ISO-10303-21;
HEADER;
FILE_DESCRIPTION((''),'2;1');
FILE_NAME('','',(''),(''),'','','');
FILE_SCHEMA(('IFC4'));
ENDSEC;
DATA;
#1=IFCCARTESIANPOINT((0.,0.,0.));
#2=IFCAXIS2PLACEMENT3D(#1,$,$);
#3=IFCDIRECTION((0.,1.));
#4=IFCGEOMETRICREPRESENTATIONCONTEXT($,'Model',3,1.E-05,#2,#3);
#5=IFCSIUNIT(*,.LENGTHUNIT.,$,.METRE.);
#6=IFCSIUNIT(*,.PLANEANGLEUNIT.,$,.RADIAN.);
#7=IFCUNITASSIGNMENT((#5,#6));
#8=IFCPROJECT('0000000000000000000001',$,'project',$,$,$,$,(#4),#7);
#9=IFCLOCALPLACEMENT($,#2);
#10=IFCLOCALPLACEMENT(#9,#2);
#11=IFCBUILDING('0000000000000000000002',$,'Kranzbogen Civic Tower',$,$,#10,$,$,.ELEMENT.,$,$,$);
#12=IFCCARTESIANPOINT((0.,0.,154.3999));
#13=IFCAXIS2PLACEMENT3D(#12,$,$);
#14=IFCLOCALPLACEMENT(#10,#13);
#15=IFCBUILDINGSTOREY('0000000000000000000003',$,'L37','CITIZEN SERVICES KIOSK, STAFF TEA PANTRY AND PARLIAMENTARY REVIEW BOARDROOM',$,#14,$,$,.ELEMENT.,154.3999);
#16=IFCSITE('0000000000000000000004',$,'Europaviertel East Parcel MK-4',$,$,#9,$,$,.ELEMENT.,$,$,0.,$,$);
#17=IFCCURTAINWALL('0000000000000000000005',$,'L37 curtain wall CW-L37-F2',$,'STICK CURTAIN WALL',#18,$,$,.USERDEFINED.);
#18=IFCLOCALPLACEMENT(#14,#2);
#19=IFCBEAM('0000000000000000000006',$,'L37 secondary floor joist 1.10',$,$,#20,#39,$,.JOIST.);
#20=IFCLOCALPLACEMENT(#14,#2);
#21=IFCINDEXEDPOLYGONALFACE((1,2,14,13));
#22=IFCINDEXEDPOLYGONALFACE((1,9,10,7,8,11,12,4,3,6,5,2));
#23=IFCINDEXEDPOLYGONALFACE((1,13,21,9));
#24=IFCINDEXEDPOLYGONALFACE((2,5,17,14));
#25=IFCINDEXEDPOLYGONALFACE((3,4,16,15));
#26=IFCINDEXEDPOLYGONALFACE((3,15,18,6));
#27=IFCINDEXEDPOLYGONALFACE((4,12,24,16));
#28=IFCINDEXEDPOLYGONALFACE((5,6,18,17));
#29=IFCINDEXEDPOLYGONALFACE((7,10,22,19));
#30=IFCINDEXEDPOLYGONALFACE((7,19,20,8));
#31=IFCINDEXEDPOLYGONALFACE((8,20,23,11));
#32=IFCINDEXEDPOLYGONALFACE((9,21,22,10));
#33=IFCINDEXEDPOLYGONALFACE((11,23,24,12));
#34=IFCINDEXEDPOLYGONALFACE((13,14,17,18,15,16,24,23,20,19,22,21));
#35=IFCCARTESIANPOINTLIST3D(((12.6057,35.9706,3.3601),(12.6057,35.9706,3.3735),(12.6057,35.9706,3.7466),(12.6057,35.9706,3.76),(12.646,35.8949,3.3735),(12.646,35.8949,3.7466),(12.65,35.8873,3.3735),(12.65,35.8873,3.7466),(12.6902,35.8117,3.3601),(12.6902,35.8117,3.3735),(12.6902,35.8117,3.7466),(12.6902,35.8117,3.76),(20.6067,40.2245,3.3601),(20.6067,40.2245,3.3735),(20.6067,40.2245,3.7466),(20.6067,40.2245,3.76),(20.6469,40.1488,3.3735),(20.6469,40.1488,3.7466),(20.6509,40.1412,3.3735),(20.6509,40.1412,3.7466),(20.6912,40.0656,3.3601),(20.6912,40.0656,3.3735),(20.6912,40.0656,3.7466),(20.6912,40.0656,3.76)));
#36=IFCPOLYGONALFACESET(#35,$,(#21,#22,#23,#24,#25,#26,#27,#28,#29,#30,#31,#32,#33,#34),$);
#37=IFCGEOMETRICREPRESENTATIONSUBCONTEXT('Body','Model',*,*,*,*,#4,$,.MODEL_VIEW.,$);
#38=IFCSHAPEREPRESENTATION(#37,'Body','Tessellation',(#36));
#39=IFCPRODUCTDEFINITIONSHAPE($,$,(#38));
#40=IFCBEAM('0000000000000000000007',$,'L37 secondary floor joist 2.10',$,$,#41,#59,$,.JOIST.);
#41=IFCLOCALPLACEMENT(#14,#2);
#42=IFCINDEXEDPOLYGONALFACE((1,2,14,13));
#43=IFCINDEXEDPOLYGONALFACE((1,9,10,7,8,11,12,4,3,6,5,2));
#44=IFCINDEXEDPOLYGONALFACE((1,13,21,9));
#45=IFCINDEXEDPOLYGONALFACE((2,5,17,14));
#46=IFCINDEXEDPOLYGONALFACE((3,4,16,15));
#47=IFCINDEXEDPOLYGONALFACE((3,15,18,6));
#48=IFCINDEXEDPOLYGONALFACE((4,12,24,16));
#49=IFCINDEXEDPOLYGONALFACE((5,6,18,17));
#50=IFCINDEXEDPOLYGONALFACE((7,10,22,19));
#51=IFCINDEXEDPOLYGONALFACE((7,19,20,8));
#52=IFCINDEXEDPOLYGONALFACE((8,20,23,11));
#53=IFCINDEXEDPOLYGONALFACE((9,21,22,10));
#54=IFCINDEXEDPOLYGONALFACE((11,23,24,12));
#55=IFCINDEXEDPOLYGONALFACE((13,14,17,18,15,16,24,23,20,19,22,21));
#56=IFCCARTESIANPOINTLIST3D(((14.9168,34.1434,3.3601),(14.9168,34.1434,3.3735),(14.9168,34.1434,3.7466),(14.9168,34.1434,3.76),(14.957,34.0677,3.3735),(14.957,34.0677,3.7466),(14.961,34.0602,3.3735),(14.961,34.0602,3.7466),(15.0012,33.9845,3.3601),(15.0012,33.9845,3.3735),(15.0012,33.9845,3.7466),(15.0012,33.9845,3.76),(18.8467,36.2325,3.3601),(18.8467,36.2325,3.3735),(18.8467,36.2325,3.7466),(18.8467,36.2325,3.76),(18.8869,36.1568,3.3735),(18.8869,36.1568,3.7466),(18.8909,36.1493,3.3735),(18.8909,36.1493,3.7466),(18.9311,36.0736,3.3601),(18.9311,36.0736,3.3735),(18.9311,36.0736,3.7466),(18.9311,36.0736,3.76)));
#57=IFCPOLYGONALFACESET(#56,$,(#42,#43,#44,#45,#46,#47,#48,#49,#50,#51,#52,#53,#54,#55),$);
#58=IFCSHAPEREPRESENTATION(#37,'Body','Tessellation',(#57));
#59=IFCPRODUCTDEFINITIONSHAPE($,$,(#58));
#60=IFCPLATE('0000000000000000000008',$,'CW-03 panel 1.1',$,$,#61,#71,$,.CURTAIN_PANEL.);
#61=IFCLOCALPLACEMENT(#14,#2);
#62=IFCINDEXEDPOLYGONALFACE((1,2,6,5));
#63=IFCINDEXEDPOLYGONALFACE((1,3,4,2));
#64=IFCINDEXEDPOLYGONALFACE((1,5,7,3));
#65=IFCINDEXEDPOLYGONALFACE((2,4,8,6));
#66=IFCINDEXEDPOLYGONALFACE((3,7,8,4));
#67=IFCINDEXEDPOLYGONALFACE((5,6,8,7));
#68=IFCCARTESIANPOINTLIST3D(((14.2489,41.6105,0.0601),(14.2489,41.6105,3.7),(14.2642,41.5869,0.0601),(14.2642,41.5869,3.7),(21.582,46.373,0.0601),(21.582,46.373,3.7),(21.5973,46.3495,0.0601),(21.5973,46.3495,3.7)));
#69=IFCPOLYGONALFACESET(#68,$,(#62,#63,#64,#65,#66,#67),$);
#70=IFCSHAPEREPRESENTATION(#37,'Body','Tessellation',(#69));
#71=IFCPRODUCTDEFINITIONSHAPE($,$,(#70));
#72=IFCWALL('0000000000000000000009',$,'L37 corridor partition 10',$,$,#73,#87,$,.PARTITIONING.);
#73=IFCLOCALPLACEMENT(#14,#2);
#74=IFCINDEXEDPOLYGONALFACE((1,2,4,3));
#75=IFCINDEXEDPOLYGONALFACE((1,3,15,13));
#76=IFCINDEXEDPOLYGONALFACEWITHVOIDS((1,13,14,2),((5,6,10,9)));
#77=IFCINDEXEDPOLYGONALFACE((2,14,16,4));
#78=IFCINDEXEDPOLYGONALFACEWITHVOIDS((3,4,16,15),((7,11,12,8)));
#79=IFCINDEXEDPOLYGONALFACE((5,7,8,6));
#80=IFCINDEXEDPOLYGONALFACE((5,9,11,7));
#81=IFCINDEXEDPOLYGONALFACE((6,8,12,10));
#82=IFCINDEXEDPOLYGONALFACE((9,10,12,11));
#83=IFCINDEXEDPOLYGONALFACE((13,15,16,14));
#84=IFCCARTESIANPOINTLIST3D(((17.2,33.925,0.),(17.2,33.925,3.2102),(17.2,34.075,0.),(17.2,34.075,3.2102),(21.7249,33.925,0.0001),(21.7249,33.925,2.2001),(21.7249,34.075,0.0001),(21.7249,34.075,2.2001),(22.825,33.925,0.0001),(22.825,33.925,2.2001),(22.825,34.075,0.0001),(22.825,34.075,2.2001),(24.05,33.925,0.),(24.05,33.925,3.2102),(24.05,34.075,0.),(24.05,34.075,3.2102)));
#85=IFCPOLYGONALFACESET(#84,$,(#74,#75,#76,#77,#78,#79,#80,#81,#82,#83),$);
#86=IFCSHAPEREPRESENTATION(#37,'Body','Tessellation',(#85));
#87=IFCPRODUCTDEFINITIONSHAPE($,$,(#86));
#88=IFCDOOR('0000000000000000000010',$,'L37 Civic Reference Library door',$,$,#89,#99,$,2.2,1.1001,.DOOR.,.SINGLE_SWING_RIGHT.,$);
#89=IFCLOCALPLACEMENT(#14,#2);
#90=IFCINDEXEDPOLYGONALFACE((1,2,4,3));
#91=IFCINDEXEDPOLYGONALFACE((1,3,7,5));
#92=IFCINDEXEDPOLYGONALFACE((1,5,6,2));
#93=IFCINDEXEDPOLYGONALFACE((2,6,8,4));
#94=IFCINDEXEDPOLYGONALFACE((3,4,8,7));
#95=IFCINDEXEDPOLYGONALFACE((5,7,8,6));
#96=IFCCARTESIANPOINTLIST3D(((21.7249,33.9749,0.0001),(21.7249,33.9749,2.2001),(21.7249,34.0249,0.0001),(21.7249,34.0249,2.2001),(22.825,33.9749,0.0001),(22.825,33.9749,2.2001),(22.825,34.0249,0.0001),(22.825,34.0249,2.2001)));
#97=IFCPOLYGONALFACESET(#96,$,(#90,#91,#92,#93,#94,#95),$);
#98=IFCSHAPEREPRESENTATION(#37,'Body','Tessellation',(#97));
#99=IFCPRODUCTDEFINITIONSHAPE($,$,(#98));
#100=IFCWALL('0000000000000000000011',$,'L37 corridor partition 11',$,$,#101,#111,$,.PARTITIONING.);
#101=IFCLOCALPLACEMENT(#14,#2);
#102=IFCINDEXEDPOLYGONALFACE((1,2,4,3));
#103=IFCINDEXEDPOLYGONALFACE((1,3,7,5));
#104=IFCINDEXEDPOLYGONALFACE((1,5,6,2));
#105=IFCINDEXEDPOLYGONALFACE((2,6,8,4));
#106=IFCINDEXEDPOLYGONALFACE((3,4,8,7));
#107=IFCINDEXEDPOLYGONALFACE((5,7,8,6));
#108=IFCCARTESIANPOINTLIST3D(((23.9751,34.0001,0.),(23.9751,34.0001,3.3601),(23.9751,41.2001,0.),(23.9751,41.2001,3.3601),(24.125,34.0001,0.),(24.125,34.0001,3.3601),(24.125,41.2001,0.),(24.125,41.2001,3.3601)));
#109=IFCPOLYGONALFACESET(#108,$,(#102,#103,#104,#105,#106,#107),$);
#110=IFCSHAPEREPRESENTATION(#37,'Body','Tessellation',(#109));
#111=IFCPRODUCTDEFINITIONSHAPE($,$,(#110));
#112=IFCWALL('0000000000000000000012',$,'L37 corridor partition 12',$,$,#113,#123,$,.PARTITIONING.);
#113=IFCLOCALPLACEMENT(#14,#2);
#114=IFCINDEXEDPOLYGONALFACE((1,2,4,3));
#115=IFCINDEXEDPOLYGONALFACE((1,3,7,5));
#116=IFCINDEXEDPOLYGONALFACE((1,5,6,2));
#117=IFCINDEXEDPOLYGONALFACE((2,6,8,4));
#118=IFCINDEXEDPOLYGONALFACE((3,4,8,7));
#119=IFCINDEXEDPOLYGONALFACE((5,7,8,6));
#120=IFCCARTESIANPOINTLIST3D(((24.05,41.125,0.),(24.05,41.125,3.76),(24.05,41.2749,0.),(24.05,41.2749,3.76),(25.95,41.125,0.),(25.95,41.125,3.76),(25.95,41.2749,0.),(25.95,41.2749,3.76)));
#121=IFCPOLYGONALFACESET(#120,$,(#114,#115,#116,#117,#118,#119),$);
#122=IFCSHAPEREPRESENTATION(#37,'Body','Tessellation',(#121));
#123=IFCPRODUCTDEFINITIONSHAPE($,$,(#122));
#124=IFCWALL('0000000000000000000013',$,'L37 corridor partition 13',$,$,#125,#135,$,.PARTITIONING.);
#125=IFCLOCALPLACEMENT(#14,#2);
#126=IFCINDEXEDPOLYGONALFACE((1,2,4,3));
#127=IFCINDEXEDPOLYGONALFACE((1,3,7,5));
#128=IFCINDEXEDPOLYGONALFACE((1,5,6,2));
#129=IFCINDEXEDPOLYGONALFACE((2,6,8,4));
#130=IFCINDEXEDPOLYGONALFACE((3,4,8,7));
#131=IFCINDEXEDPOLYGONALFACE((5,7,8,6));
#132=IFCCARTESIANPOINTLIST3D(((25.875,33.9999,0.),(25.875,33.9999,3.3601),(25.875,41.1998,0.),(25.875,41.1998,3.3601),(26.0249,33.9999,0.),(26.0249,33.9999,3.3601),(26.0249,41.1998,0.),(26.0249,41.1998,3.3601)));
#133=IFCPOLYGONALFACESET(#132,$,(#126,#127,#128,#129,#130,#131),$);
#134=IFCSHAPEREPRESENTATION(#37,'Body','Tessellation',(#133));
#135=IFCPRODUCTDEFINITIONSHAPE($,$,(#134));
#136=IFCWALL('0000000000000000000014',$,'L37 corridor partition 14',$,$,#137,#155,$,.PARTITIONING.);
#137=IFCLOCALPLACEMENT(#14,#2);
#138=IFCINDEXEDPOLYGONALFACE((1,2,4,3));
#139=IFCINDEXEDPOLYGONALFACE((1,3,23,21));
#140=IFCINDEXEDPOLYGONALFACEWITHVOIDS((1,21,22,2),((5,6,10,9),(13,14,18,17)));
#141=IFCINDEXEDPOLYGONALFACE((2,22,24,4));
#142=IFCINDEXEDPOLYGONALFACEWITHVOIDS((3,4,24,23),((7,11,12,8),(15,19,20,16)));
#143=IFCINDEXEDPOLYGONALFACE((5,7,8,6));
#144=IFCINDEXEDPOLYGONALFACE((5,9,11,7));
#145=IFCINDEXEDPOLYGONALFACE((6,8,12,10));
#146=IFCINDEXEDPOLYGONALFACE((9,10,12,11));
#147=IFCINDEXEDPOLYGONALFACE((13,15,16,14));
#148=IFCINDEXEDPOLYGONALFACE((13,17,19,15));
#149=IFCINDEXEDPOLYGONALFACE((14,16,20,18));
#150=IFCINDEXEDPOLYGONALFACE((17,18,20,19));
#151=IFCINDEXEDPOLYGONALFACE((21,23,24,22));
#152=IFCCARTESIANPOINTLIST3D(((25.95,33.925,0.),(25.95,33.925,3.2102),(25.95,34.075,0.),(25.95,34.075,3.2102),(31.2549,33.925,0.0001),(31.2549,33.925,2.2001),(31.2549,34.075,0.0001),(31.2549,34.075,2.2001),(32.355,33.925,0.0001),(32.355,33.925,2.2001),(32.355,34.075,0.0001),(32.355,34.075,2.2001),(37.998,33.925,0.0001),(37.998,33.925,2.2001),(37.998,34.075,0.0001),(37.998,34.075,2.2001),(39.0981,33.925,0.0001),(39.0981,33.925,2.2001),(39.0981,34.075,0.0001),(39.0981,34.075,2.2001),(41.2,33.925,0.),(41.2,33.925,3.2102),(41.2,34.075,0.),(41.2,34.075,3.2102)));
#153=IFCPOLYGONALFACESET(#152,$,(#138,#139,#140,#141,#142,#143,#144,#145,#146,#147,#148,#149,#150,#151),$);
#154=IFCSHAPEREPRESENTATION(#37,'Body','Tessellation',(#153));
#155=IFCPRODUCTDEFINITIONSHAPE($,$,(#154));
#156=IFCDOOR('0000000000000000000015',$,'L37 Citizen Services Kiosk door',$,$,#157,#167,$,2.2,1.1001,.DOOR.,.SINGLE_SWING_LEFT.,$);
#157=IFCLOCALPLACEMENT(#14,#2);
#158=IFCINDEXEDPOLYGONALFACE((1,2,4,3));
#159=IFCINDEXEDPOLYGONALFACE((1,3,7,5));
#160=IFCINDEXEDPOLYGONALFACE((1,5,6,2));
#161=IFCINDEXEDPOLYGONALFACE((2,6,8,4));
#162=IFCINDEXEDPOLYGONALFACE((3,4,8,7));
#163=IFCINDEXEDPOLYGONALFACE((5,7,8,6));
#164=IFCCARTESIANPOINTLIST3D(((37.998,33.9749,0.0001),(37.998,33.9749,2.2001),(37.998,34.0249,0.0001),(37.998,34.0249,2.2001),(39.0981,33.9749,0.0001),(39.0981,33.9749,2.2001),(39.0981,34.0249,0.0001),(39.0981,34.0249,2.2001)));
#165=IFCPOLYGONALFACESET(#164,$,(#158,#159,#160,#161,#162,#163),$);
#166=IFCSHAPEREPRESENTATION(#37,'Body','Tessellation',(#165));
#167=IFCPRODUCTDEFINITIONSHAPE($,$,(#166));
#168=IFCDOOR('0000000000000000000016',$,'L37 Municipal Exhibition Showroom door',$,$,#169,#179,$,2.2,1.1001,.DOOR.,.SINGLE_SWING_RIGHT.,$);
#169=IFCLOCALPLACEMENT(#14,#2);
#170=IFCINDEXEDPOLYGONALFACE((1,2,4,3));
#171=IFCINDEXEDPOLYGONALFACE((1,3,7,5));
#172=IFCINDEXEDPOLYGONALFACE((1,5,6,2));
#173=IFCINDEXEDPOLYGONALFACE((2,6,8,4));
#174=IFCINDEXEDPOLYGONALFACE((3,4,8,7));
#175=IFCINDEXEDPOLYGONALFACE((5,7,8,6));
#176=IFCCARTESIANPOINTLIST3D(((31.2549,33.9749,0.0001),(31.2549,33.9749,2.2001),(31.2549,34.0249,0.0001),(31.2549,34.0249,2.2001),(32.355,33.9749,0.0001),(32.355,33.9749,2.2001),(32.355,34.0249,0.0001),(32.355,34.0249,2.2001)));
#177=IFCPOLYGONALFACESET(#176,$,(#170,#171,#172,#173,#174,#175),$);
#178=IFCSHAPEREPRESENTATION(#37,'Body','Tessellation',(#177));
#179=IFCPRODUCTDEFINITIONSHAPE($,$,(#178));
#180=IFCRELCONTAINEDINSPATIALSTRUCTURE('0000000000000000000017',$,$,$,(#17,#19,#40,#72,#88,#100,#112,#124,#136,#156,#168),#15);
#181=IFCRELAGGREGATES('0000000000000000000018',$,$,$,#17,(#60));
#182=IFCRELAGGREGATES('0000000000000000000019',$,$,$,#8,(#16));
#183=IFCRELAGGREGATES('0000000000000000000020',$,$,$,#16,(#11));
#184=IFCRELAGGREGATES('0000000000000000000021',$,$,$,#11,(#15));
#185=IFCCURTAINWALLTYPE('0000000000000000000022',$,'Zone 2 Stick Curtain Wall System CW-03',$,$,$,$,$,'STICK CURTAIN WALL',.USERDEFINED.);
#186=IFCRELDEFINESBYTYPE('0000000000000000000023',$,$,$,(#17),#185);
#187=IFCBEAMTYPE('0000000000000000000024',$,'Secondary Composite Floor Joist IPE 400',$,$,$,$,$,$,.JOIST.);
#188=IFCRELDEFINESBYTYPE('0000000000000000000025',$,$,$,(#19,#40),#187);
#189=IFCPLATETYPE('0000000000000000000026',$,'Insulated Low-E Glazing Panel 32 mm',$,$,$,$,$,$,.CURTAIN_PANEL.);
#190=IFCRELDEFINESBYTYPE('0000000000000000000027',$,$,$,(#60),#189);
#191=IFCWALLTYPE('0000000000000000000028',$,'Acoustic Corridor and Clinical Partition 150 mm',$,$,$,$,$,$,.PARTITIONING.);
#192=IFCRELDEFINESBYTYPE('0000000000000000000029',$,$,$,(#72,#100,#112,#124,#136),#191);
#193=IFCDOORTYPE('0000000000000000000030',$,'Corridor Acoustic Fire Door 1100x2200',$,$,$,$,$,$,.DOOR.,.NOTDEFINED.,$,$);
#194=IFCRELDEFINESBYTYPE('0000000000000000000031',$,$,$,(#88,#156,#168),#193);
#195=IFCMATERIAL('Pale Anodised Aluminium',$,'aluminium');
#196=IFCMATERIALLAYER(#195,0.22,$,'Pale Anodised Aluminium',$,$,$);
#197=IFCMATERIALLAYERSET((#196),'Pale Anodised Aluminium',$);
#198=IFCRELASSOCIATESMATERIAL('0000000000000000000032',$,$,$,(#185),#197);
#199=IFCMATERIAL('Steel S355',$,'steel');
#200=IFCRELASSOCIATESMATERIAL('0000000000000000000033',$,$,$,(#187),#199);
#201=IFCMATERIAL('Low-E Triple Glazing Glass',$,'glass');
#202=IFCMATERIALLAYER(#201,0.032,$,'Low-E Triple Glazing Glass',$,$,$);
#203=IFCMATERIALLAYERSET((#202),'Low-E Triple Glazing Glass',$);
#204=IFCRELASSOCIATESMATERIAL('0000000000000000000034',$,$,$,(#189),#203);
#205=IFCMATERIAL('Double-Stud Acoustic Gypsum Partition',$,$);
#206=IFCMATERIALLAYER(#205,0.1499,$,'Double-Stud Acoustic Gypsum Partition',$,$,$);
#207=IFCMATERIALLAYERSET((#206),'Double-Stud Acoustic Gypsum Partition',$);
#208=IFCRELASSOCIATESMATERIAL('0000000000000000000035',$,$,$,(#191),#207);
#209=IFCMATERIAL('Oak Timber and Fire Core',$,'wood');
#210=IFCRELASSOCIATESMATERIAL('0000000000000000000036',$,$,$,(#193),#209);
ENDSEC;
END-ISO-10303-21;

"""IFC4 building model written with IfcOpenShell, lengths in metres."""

from ifc_helpers import new_model, si_unit, direction, frame, frame_2d, origin, origin_2d, place, context, subcontext, project, spatial, rectangle, i_section, extrude, material, layer, layer_set, material_profile, profile_set, type_object, element, fill, aggregate, save


model = new_model("IFC4")

# Units and contexts
model_context = context("Model", 3, precision=1e-05, world=origin(), true_north=direction((0.0, 1.0)))
body_context = subcontext(model_context, "Body", "Model", "MODEL_VIEW")
ifc_project = project(units=[si_unit("LENGTHUNIT", "METRE"), si_unit("PLANEANGLEUNIT", "RADIAN")], contexts=[model_context])

# Site, building, storey
site_placement = place(None, origin())
site = spatial("IfcSite", under=ifc_project, at=site_placement, Name="Europaviertel East Parcel MK-4", CompositionType="ELEMENT", RefElevation=0.0)
building_placement = place(site_placement, origin())
building = spatial("IfcBuilding", under=site, at=building_placement, Name="Kranzbogen Civic Tower", CompositionType="ELEMENT")
storey_placement = place(building_placement, frame((0.0, 0.0, 154.3999)))
storey = spatial("IfcBuildingStorey", under=building, at=storey_placement, Name="L37", Description="CITIZEN SERVICES KIOSK, STAFF TEA PANTRY AND PARLIAMENTARY REVIEW BOARDROOM", CompositionType="ELEMENT", Elevation=154.3999)

# Shared definitions
ifc_material_1 = material(Name="Steel S355", Category="steel")

# Curtain wall
ifc_material_2 = material(Name="Pale Anodised Aluminium", Category="aluminium")
ifc_layer_1 = layer(ifc_material_2, 0.22, Name="Pale Anodised Aluminium")
ifc_layer_set_1 = layer_set([ifc_layer_1], Name="Pale Anodised Aluminium")
curtain_wall_type = type_object("IfcCurtainWallType", Name="Zone 2 Stick Curtain Wall System CW-03", ElementType="STICK CURTAIN WALL", PredefinedType="USERDEFINED", material=ifc_layer_set_1)
curtain_wall_placement = place(storey_placement, origin())
curtain_wall = element("IfcCurtainWall", 1, at=curtain_wall_placement, inside=storey, type_object=curtain_wall_type, Name="L37 curtain wall CW-L37-F2", ObjectType="STICK CURTAIN WALL", PredefinedType="USERDEFINED")

# Beams
ifc_material_profile_1 = material_profile(ifc_material_1, i_section(OverallWidth=0.1799, OverallDepth=0.3999, WebThickness=0.0085, FlangeThickness=0.0134, at=origin_2d()), Name="IPE 400")
ifc_profile_set_1 = profile_set([ifc_material_profile_1], Name="Steel S355")
beam_type_1 = type_object("IfcBeamType", Name="Secondary Composite Floor Joist IPE 400", PredefinedType="JOIST", material=ifc_profile_set_1)
beam_1_placement = place(storey_placement, frame((20.6489, 40.145, 3.5601), z_axis=(-0.882961, -0.469447, 0.0), x_axis=(0.469447, -0.882961, 0.0)))
element("IfcBeam", 2, at=beam_1_placement, inside=storey, type_object=beam_type_1, Name="L37 secondary floor joist 1.10", PredefinedType="JOIST", context=body_context, shape_type="SweptSolid", body=[
    extrude(i_section(OverallWidth=0.1799, OverallDepth=0.3999, WebThickness=0.0085, FlangeThickness=0.0134, at=origin_2d()), origin(), (0.0, 0.0, 1.0), 9.0615),
])
beam_2_placement = place(storey_placement, frame((18.8889, 36.1531, 3.5601), z_axis=(-0.882991, -0.469389, 0.0), x_axis=(0.469389, -0.882991, 0.0)))
element("IfcBeam", 3, at=beam_2_placement, inside=storey, type_object=beam_type_1, Name="L37 secondary floor joist 2.10", PredefinedType="JOIST", context=body_context, shape_type="SweptSolid", body=[
    extrude(i_section(OverallWidth=0.1799, OverallDepth=0.3999, WebThickness=0.0085, FlangeThickness=0.0134, at=origin_2d()), origin(), (0.0, 0.0, 1.0), 4.4507),
])

# Plate
ifc_material_3 = material(Name="Low-E Triple Glazing Glass", Category="glass")
ifc_layer_2 = layer(ifc_material_3, 0.032, Name="Low-E Triple Glazing Glass")
ifc_layer_set_2 = layer_set([ifc_layer_2], Name="Low-E Triple Glazing Glass")
plate_type = type_object("IfcPlateType", Name="Insulated Low-E Glazing Panel 32 mm", PredefinedType="CURTAIN_PANEL", material=ifc_layer_set_2)
plate_placement = place(storey_placement, frame((17.9231, 43.98, 0.0601), z_axis=(0.0, 0.0, 1.0), x_axis=(-0.838652, -0.544668, 0.0)))
plate = element("IfcPlate", 4, at=plate_placement, type_object=plate_type, Name="CW-03 panel 1.1", PredefinedType="CURTAIN_PANEL", context=body_context, shape_type="SweptSolid", body=[
    extrude(rectangle(XDim=8.7439, YDim=0.0281, at=origin_2d()), origin(), (0.0, 0.0, 1.0), 3.6399),
])
aggregate(curtain_wall, [plate])

# Wall, opening, door
ifc_material_4 = material(Name="Double-Stud Acoustic Gypsum Partition")
ifc_layer_3 = layer(ifc_material_4, 0.1499, Name="Double-Stud Acoustic Gypsum Partition")
ifc_layer_set_3 = layer_set([ifc_layer_3], Name="Double-Stud Acoustic Gypsum Partition")
wall_type_1 = type_object("IfcWallType", Name="Acoustic Corridor and Clinical Partition 150 mm", PredefinedType="PARTITIONING", material=ifc_layer_set_3)
wall_1_placement = place(storey_placement, frame((17.2, 34.0, 0.0), z_axis=(0.0, 0.0, 1.0), x_axis=(1.0, 0.0, 0.0)))
wall_1 = element("IfcWall", 5, at=wall_1_placement, inside=storey, type_object=wall_type_1, Name="L37 corridor partition 10", PredefinedType="PARTITIONING", context=body_context, shape_type="SweptSolid", body=[
    extrude(rectangle(XDim=6.8501, YDim=0.1499, at=frame_2d((3.425, 0.0))), origin(), (0.0, 0.0, 1.0), 3.2102),
])
opening_1_placement = place(wall_1_placement, frame((4.5249, 0.0, 0.0)))
opening_1 = element("IfcOpeningElement", 6, at=opening_1_placement, cuts=wall_1, PredefinedType="OPENING", context=body_context, shape_type="SweptSolid", body=[
    extrude(rectangle(XDim=1.1001, YDim=2.2, at=frame_2d((0.55, 1.1001))), frame((0.0, 0.085, 0.0), z_axis=(0.0, -1.0, 0.0), x_axis=(1.0, 0.0, 0.0)), (0.0, 0.0, 1.0), 0.1699),
])
ifc_material_5 = material(Name="Oak Timber and Fire Core", Category="wood")
door_type = type_object("IfcDoorType", Name="Corridor Acoustic Fire Door 1100x2200", OperationType="NOTDEFINED", PredefinedType="DOOR", material=ifc_material_5)
door_1_placement = place(opening_1_placement, origin())
door_1 = element("IfcDoor", 7, at=door_1_placement, inside=storey, type_object=door_type, Name="L37 Civic Reference Library door", OperationType="SINGLE_SWING_RIGHT", OverallHeight=2.2, OverallWidth=1.1001, PredefinedType="DOOR", context=body_context, shape_type="SweptSolid", body=[
    extrude(rectangle(XDim=1.1001, YDim=2.2, at=frame_2d((0.55, 1.1001))), frame((0.0, 0.0249, 0.0), z_axis=(0.0, -1.0, 0.0), x_axis=(1.0, 0.0, 0.0)), (0.0, 0.0, 1.0), 0.05),
])
fill(opening_1, door_1)

# Walls
wall_2_placement = place(storey_placement, frame((24.05, 34.0, 0.0), z_axis=(0.0, 0.0, 1.0), x_axis=(0.0, 1.0, 0.0)))
element("IfcWall", 8, at=wall_2_placement, inside=storey, type_object=wall_type_1, Name="L37 corridor partition 11", PredefinedType="PARTITIONING", context=body_context, shape_type="SweptSolid", body=[
    extrude(rectangle(XDim=7.2, YDim=0.1499, at=frame_2d((3.6001, 0.0))), origin(), (0.0, 0.0, 1.0), 3.3601),
])
wall_3_placement = place(storey_placement, frame((24.05, 41.2, 0.0), z_axis=(0.0, 0.0, 1.0), x_axis=(1.0, 0.0, 0.0)))
element("IfcWall", 9, at=wall_3_placement, inside=storey, type_object=wall_type_1, Name="L37 corridor partition 12", PredefinedType="PARTITIONING", context=body_context, shape_type="SweptSolid", body=[
    extrude(rectangle(XDim=1.8999, YDim=0.1499, at=frame_2d((0.95, 0.0))), origin(), (0.0, 0.0, 1.0), 3.76),
])
wall_4_placement = place(storey_placement, frame((25.95, 41.2, 0.0), z_axis=(0.0, 0.0, 1.0), x_axis=(0.0, -1.0, 0.0)))
element("IfcWall", 10, at=wall_4_placement, inside=storey, type_object=wall_type_1, Name="L37 corridor partition 13", PredefinedType="PARTITIONING", context=body_context, shape_type="SweptSolid", body=[
    extrude(rectangle(XDim=7.2, YDim=0.1499, at=frame_2d((3.6001, 0.0))), origin(), (0.0, 0.0, 1.0), 3.3601),
])

# Wall, openings, doors
wall_5_placement = place(storey_placement, frame((25.95, 34.0, 0.0), z_axis=(0.0, 0.0, 1.0), x_axis=(1.0, 0.0, 0.0)))
wall_5 = element("IfcWall", 11, at=wall_5_placement, inside=storey, type_object=wall_type_1, Name="L37 corridor partition 14", PredefinedType="PARTITIONING", context=body_context, shape_type="SweptSolid", body=[
    extrude(rectangle(XDim=15.25, YDim=0.1499, at=frame_2d((7.625, 0.0))), origin(), (0.0, 0.0, 1.0), 3.2102),
])
opening_2_placement = place(wall_5_placement, frame((12.0481, 0.0, 0.0)))
opening_2 = element("IfcOpeningElement", 12, at=opening_2_placement, cuts=wall_5, PredefinedType="OPENING", context=body_context, shape_type="SweptSolid", body=[
    extrude(rectangle(XDim=1.1001, YDim=2.2, at=frame_2d((0.55, 1.1001))), frame((0.0, 0.085, 0.0), z_axis=(0.0, -1.0, 0.0), x_axis=(1.0, 0.0, 0.0)), (0.0, 0.0, 1.0), 0.1699),
])
opening_3_placement = place(wall_5_placement, frame((5.3049, 0.0, 0.0)))
opening_3 = element("IfcOpeningElement", 13, at=opening_3_placement, cuts=wall_5, PredefinedType="OPENING", context=body_context, shape_type="SweptSolid", body=[
    extrude(rectangle(XDim=1.1001, YDim=2.2, at=frame_2d((0.55, 1.1001))), frame((0.0, 0.085, 0.0), z_axis=(0.0, -1.0, 0.0), x_axis=(1.0, 0.0, 0.0)), (0.0, 0.0, 1.0), 0.1699),
])
door_2_placement = place(opening_2_placement, origin())
door_2 = element("IfcDoor", 14, at=door_2_placement, inside=storey, type_object=door_type, Name="L37 Citizen Services Kiosk door", OperationType="SINGLE_SWING_LEFT", OverallHeight=2.2, OverallWidth=1.1001, PredefinedType="DOOR", context=body_context, shape_type="SweptSolid", body=[
    extrude(rectangle(XDim=1.1001, YDim=2.2, at=frame_2d((0.55, 1.1001))), frame((0.0, 0.0249, 0.0), z_axis=(0.0, -1.0, 0.0), x_axis=(1.0, 0.0, 0.0)), (0.0, 0.0, 1.0), 0.05),
])
fill(opening_2, door_2)
door_3_placement = place(opening_3_placement, origin())
door_3 = element("IfcDoor", 15, at=door_3_placement, inside=storey, type_object=door_type, Name="L37 Municipal Exhibition Showroom door", OperationType="SINGLE_SWING_RIGHT", OverallHeight=2.2, OverallWidth=1.1001, PredefinedType="DOOR", context=body_context, shape_type="SweptSolid", body=[
    extrude(rectangle(XDim=1.1001, YDim=2.2, at=frame_2d((0.55, 1.1001))), frame((0.0, 0.0249, 0.0), z_axis=(0.0, -1.0, 0.0), x_axis=(1.0, 0.0, 0.0)), (0.0, 0.0, 1.0), 0.05),
])
fill(opening_3, door_3)

save(model, "model.ifc")
